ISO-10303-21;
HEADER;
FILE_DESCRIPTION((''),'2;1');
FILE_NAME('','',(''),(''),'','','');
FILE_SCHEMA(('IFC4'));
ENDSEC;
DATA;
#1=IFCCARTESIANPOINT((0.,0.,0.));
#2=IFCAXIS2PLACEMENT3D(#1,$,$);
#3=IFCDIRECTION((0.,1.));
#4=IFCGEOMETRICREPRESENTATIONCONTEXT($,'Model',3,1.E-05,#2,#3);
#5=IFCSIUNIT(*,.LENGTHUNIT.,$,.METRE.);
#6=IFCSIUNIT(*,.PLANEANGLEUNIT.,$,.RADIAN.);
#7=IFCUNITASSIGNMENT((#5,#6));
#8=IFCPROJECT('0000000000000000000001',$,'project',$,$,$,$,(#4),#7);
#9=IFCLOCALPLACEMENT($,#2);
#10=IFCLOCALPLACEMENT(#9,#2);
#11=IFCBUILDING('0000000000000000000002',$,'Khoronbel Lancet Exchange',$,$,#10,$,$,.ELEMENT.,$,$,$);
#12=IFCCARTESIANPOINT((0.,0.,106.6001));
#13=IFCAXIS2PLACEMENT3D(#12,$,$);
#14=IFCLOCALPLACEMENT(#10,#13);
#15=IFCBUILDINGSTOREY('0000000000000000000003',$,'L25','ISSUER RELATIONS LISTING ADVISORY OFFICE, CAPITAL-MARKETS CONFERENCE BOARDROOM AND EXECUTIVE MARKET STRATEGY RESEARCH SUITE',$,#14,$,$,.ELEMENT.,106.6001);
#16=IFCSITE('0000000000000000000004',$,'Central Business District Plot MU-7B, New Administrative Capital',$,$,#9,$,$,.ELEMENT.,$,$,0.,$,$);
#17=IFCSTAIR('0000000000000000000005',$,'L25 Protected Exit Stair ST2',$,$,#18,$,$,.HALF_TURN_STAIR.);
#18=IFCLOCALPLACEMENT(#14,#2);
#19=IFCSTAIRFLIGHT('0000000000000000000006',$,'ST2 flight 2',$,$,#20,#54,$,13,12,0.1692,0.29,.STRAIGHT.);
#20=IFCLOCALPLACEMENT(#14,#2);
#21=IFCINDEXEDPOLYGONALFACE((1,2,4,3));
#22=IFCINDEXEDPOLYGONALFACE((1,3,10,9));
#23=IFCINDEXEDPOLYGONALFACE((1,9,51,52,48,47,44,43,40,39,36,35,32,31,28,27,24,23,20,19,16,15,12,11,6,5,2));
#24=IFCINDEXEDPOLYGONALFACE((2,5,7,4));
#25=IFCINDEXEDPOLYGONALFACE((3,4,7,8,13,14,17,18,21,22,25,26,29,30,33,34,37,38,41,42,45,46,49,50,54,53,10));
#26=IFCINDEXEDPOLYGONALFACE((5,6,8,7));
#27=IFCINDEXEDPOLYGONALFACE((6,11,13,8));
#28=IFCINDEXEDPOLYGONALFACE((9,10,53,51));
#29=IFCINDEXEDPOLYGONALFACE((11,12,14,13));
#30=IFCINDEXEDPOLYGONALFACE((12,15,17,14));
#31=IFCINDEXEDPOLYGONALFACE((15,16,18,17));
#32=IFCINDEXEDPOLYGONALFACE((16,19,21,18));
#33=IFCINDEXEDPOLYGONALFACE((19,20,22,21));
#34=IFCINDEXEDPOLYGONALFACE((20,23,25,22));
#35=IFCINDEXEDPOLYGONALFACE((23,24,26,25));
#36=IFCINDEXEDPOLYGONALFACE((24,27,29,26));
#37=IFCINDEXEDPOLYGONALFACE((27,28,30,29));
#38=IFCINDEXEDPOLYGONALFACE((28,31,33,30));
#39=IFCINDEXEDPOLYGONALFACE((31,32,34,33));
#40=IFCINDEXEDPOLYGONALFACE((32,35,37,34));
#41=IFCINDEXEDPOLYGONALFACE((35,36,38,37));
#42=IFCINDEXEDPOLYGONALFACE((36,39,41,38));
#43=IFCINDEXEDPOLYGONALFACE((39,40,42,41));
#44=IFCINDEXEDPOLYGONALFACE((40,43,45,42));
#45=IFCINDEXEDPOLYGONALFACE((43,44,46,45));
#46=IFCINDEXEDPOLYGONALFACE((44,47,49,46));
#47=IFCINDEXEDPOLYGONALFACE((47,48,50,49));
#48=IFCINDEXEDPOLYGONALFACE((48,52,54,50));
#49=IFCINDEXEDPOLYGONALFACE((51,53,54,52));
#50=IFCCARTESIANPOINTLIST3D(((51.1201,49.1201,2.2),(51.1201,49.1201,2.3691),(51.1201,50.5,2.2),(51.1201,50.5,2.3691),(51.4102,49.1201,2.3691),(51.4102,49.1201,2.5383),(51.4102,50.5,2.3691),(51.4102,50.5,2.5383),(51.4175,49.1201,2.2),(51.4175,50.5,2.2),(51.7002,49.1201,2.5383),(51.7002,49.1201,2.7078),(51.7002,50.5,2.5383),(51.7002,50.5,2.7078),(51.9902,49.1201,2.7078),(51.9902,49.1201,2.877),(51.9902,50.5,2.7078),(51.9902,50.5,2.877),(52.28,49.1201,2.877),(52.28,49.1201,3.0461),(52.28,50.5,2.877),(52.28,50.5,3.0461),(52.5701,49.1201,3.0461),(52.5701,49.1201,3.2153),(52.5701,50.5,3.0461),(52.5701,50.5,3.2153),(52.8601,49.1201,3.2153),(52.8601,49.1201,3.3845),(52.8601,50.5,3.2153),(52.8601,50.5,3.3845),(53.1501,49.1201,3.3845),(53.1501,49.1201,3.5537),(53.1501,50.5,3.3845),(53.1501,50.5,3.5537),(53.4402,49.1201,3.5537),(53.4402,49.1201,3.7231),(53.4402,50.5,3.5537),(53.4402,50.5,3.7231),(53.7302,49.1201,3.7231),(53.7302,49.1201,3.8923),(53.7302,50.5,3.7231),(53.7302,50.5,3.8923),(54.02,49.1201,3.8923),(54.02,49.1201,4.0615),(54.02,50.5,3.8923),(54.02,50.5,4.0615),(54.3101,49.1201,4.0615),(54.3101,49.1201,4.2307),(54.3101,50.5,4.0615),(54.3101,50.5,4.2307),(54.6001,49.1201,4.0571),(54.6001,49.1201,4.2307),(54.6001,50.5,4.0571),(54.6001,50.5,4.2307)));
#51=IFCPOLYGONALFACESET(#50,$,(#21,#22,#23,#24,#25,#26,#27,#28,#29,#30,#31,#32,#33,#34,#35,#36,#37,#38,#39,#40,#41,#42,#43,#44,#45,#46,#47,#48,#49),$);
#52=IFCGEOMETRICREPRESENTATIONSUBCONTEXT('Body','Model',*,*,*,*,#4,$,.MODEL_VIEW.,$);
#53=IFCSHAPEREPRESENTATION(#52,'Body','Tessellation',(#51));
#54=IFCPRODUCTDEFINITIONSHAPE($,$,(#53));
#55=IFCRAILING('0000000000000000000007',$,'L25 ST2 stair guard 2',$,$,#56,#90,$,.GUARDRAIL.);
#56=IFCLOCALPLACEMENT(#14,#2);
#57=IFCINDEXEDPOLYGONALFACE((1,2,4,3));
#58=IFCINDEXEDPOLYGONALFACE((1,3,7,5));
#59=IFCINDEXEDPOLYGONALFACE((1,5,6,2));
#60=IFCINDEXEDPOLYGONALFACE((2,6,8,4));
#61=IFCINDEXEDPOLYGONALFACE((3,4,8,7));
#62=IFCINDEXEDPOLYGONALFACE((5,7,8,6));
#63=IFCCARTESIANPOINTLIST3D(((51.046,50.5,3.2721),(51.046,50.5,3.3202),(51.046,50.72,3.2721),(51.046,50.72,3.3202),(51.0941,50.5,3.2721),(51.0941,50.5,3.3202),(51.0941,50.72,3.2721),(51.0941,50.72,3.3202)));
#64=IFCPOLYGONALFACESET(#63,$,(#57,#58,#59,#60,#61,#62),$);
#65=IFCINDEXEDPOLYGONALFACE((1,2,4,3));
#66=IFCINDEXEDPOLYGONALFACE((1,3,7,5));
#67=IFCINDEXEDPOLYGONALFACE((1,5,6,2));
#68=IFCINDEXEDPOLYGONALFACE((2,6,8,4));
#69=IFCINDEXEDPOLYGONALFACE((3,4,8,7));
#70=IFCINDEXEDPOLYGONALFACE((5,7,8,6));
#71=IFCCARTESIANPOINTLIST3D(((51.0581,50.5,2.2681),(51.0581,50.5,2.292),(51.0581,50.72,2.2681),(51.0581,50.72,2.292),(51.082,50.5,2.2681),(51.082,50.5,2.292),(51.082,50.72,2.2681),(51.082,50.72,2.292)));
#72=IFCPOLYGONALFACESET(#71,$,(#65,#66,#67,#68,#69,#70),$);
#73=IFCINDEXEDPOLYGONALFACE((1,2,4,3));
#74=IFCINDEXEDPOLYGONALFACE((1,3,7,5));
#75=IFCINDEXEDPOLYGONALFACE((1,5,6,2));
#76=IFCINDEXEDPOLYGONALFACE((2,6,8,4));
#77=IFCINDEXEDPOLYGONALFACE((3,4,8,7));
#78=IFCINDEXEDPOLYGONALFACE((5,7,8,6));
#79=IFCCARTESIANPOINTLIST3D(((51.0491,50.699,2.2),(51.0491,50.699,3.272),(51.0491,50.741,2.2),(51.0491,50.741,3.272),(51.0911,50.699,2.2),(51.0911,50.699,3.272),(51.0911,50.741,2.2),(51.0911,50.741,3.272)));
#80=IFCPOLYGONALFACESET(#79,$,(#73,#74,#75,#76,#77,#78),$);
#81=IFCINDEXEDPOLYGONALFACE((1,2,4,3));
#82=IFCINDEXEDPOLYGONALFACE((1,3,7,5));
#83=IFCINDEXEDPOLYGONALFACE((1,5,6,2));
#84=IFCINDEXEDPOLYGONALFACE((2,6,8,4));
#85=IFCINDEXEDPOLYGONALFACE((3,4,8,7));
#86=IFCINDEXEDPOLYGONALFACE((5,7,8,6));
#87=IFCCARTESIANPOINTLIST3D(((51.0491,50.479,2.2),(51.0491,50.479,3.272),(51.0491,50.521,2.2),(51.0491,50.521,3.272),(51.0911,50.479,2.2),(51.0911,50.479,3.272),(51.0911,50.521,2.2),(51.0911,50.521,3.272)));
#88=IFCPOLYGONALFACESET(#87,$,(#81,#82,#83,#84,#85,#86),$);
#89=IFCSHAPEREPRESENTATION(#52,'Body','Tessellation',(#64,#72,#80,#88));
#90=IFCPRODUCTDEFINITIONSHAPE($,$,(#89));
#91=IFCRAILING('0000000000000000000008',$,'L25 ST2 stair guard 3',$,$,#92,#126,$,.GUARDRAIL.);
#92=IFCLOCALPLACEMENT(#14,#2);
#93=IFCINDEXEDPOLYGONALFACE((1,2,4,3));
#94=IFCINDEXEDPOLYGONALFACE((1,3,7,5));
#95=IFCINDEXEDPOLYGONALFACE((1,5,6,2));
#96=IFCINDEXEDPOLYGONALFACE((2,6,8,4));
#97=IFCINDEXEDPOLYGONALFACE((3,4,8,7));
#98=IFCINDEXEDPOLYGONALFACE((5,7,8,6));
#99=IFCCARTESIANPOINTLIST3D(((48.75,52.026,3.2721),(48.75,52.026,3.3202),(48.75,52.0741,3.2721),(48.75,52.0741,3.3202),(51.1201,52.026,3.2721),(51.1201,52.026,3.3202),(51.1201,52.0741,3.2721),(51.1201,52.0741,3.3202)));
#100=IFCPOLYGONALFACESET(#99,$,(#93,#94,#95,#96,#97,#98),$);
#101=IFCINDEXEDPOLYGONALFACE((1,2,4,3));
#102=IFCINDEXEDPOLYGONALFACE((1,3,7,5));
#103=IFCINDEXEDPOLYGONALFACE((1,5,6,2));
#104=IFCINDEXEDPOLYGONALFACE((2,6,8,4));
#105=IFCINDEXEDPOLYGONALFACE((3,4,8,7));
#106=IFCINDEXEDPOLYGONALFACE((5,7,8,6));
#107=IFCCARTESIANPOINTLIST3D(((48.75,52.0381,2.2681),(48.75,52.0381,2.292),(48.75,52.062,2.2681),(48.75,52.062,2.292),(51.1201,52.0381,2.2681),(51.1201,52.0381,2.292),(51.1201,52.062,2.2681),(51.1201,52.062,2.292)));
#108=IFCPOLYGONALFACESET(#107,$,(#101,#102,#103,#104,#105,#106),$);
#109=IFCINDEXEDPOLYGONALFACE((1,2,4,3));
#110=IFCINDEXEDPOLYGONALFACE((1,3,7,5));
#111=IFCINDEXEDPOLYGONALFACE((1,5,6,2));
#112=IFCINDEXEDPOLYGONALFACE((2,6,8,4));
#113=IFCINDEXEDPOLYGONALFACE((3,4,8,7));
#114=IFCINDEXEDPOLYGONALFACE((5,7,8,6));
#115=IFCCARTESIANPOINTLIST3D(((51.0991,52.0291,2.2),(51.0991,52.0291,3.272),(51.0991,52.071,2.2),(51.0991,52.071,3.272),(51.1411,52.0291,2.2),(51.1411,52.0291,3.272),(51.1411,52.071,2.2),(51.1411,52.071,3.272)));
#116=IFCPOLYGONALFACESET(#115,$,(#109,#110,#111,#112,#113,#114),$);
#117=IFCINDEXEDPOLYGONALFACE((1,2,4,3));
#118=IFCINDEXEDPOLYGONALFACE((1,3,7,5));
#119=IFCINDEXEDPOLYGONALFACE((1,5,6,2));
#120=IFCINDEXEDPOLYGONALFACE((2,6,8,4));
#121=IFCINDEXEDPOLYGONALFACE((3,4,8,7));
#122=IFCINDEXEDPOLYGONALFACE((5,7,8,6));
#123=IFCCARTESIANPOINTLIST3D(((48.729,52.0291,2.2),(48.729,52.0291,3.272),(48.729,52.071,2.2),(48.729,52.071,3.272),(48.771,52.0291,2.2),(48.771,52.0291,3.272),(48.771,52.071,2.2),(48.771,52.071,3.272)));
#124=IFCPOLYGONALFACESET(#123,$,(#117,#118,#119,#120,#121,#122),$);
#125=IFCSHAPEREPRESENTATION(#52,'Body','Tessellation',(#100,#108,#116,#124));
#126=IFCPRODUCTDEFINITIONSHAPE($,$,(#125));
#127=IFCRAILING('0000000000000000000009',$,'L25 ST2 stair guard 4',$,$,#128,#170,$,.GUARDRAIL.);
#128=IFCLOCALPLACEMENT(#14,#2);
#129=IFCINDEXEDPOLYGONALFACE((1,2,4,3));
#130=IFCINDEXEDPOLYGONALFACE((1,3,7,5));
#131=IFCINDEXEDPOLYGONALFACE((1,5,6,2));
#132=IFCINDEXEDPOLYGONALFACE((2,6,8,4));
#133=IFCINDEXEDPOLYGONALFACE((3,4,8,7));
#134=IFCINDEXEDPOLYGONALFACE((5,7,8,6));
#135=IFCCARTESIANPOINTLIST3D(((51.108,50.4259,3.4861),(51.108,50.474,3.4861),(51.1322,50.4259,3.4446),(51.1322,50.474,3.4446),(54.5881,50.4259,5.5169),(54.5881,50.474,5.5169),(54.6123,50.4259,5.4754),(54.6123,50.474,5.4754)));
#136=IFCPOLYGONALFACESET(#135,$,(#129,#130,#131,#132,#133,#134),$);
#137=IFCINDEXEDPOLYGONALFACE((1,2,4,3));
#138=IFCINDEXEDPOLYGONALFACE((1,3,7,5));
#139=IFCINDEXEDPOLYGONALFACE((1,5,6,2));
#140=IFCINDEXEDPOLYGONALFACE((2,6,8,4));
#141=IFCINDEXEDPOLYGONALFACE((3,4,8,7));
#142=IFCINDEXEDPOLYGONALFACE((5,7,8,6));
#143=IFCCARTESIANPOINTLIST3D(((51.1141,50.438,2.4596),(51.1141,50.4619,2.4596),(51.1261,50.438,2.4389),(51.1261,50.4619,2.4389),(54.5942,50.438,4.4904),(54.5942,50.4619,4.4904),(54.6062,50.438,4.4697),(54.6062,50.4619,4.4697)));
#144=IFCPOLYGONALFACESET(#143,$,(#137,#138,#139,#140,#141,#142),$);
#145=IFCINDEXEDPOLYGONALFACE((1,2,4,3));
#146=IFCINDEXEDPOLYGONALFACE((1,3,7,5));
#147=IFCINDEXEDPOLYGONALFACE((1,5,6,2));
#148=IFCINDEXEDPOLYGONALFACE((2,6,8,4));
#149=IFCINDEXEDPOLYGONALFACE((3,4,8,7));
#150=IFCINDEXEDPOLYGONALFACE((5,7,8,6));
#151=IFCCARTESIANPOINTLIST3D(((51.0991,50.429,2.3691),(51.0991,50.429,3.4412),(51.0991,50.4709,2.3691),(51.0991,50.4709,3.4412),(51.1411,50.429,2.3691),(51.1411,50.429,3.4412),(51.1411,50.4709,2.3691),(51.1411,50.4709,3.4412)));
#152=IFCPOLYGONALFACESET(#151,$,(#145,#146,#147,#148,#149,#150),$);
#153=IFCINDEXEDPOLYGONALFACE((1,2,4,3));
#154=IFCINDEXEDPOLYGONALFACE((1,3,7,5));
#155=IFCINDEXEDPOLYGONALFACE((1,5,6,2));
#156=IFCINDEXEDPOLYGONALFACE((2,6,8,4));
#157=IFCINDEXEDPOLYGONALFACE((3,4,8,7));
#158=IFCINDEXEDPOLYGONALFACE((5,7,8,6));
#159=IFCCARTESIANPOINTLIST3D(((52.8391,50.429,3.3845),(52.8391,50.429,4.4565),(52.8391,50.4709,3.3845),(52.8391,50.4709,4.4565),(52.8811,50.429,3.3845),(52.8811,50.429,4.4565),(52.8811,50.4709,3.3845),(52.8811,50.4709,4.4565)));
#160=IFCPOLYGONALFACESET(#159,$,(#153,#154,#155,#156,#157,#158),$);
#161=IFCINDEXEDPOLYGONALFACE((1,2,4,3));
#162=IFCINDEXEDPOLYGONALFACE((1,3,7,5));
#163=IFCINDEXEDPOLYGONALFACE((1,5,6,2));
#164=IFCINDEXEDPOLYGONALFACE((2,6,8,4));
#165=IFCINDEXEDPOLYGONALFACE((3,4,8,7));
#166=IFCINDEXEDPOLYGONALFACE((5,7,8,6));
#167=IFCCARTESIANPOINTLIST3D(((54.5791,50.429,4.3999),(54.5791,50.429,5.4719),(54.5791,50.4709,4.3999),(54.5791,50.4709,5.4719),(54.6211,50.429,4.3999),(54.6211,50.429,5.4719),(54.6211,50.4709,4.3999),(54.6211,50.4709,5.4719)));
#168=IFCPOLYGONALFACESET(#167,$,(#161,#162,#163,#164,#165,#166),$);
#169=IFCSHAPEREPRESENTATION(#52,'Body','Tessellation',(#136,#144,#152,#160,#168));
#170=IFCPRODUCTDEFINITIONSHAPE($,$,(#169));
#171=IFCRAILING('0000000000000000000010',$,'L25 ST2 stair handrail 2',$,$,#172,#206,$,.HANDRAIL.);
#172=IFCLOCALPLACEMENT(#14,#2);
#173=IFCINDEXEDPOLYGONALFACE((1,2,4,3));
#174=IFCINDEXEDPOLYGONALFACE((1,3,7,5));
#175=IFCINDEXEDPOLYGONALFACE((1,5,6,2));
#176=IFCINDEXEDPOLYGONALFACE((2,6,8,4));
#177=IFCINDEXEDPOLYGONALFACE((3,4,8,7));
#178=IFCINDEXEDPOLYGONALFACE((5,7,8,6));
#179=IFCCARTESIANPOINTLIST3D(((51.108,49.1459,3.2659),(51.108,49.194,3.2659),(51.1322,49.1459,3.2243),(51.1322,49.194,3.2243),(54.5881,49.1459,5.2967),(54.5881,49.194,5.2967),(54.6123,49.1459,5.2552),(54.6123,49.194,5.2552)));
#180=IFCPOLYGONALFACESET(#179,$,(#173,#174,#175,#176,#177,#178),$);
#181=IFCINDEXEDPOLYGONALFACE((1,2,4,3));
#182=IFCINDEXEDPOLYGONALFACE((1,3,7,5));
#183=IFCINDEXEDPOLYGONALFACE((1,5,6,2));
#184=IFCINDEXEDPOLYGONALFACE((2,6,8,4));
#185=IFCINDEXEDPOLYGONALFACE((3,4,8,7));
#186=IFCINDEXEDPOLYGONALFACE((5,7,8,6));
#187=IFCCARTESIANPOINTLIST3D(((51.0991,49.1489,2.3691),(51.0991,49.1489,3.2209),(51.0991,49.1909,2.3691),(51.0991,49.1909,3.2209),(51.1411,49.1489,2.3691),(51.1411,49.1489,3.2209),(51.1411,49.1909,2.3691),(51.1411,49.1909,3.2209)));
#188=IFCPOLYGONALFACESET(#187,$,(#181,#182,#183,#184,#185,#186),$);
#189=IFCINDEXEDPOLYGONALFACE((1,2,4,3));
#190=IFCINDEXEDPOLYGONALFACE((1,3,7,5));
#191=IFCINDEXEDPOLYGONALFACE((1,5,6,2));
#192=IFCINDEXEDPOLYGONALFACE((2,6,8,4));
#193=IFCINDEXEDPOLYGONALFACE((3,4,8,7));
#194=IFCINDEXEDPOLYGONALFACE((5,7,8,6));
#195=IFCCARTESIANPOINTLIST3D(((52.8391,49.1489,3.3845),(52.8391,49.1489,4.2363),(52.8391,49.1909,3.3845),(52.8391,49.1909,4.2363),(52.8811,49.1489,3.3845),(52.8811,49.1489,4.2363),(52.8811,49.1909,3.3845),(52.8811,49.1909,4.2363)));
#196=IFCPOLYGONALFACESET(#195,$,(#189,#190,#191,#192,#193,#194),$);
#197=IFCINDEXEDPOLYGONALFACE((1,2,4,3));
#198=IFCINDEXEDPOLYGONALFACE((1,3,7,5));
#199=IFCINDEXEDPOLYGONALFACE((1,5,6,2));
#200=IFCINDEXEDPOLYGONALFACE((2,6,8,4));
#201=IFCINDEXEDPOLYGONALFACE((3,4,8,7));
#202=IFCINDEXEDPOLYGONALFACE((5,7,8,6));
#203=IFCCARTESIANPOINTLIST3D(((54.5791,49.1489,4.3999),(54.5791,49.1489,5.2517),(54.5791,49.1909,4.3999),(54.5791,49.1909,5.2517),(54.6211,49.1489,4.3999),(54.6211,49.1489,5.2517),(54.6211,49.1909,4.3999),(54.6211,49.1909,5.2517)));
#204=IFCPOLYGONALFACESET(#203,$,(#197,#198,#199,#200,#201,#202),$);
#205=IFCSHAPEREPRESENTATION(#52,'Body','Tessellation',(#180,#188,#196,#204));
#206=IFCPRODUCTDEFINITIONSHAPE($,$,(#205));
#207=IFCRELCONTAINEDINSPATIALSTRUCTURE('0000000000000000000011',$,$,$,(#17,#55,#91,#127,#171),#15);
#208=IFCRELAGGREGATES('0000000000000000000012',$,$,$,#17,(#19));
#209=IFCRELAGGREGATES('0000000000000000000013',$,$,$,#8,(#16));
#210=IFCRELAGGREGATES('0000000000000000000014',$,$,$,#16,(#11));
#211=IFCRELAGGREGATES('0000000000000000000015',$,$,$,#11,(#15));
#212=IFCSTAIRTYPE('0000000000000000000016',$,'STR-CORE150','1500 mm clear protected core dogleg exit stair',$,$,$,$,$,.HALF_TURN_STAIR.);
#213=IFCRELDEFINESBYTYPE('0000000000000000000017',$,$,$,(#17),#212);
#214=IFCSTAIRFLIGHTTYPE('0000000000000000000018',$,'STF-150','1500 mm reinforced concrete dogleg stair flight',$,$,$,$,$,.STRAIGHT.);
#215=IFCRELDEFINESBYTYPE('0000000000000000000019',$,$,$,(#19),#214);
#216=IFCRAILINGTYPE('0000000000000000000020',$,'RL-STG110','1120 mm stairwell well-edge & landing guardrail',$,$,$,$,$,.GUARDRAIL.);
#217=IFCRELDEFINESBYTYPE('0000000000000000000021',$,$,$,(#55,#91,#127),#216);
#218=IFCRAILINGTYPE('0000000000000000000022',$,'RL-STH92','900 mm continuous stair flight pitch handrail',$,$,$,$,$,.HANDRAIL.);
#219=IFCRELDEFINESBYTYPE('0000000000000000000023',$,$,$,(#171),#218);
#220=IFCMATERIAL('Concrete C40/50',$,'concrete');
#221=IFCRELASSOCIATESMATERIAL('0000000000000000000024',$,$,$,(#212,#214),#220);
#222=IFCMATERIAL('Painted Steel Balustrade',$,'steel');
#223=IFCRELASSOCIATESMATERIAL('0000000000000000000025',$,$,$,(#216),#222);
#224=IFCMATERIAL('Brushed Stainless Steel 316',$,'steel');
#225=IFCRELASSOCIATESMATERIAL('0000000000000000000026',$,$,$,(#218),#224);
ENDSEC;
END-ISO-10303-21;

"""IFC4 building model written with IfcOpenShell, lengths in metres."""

from ifc_helpers import new_model, si_unit, direction, frame, origin, origin_2d, place, context, subcontext, project, spatial, polyline, rectangle, outline, extrude, material, type_object, element, aggregate, save


model = new_model("IFC4")

# Units and contexts
model_context = context("Model", 3, precision=1e-05, world=origin(), true_north=direction((0.0, 1.0)))
body_context = subcontext(model_context, "Body", "Model", "MODEL_VIEW")
ifc_project = project(units=[si_unit("LENGTHUNIT", "METRE"), si_unit("PLANEANGLEUNIT", "RADIAN")], contexts=[model_context])

# Site, building, storey
site_placement = place(None, origin())
site = spatial("IfcSite", under=ifc_project, at=site_placement, Name="Central Business District Plot MU-7B, New Administrative Capital", CompositionType="ELEMENT", RefElevation=0.0)
building_placement = place(site_placement, origin())
building = spatial("IfcBuilding", under=site, at=building_placement, Name="Khoronbel Lancet Exchange", CompositionType="ELEMENT")
storey_placement = place(building_placement, frame((0.0, 0.0, 106.6001)))
storey = spatial("IfcBuildingStorey", under=building, at=storey_placement, Name="L25", Description="ISSUER RELATIONS LISTING ADVISORY OFFICE, CAPITAL-MARKETS CONFERENCE BOARDROOM AND EXECUTIVE MARKET STRATEGY RESEARCH SUITE", CompositionType="ELEMENT", Elevation=106.6001)

# Stair, stair flight
ifc_material_1 = material(Name="Concrete C40/50", Category="concrete")
stair_type = type_object("IfcStairType", Name="STR-CORE150", Description="1500 mm clear protected core dogleg exit stair", PredefinedType="HALF_TURN_STAIR", material=ifc_material_1)
stair_placement = place(storey_placement, origin())
stair = element("IfcStair", 1, at=stair_placement, inside=storey, type_object=stair_type, Name="L25 Protected Exit Stair ST2", PredefinedType="HALF_TURN_STAIR")
stair_flight_type = type_object("IfcStairFlightType", Name="STF-150", Description="1500 mm reinforced concrete dogleg stair flight", PredefinedType="STRAIGHT", material=ifc_material_1)
stair_flight_placement = place(storey_placement, frame((51.1201, 49.8101, 2.2), z_axis=(0.0, 0.0, 1.0), x_axis=(1.0, 0.0, 0.0)))
stair_flight = element("IfcStairFlight", 2, at=stair_flight_placement, type_object=stair_flight_type, Name="ST2 flight 2", NumberOfRisers=13, NumberOfTreads=12, PredefinedType="STRAIGHT", RiserHeight=0.1692, TreadLength=0.29, context=body_context, shape_type="SweptSolid", body=[
    extrude(outline(polyline([(0.0, 0.0), (0.0, 0.1692), (0.29, 0.1692), (0.29, 0.3384), (0.5801, 0.3384), (0.5801, 0.5078), (0.8701, 0.5078), (0.8701, 0.677), (1.1599, 0.677), (1.1599, 0.8462), (1.45, 0.8462), (1.45, 1.0154), (1.74, 1.0154), (1.74, 1.1846), (2.03, 1.1846), (2.03, 1.3538), (2.3201, 1.3538), (2.3201, 1.5232), (2.6101, 1.5232), (2.6101, 1.6924), (2.8999, 1.6924), (2.8999, 1.8616), (3.1899, 1.8616), (3.1899, 2.0308), (3.48, 2.0308), (3.48, 2.2), (3.48, 1.8572), (0.2974, 0.0), (0.0, 0.0)])), frame((0.0, 0.6899, 0.0), z_axis=(0.0, -1.0, 0.0), x_axis=(1.0, 0.0, 0.0)), (0.0, 0.0, 1.0), 1.3799),
])
aggregate(stair, [stair_flight])

# Railings
ifc_material_2 = material(Name="Painted Steel Balustrade", Category="steel")
railing_type_1 = type_object("IfcRailingType", Name="RL-STG110", Description="1120 mm stairwell well-edge & landing guardrail", PredefinedType="GUARDRAIL", material=ifc_material_2)
railing_1_placement = place(storey_placement, frame((51.0701, 50.72, 2.2)))
element("IfcRailing", 3, at=railing_1_placement, inside=storey, type_object=railing_type_1, Name="L25 ST2 stair guard 2", PredefinedType="GUARDRAIL", context=body_context, shape_type="SweptSolid", body=[
    extrude(rectangle(XDim=0.0481, YDim=0.0481, at=origin_2d()), frame((0.0, 0.0, 1.0962), z_axis=(0.0, -1.0, 0.0), x_axis=(1.0, 0.0, 0.0)), (0.0, 0.0, 1.0), 0.22),
    extrude(rectangle(XDim=0.0239, YDim=0.0239, at=origin_2d()), frame((0.0, 0.0, 0.0801), z_axis=(0.0, -1.0, 0.0), x_axis=(1.0, 0.0, 0.0)), (0.0, 0.0, 1.0), 0.22),
    extrude(rectangle(XDim=0.042, YDim=0.042, at=origin_2d()), origin(), (0.0, 0.0, 1.0), 1.072),
    extrude(rectangle(XDim=0.042, YDim=0.042, at=origin_2d()), frame((0.0, -0.22, 0.0)), (0.0, 0.0, 1.0), 1.072),
])
railing_2_placement = place(storey_placement, frame((51.1201, 52.05, 2.2)))
element("IfcRailing", 4, at=railing_2_placement, inside=storey, type_object=railing_type_1, Name="L25 ST2 stair guard 3", PredefinedType="GUARDRAIL", context=body_context, shape_type="SweptSolid", body=[
    extrude(rectangle(XDim=0.0481, YDim=0.0481, at=origin_2d()), frame((0.0, 0.0, 1.0962), z_axis=(-1.0, 0.0, 0.0), x_axis=(0.0, -1.0, 0.0)), (0.0, 0.0, 1.0), 2.3701),
    extrude(rectangle(XDim=0.0239, YDim=0.0239, at=origin_2d()), frame((0.0, 0.0, 0.0801), z_axis=(-1.0, 0.0, 0.0), x_axis=(0.0, -1.0, 0.0)), (0.0, 0.0, 1.0), 2.3701),
    extrude(rectangle(XDim=0.042, YDim=0.042, at=origin_2d()), origin(), (0.0, 0.0, 1.0), 1.072),
    extrude(rectangle(XDim=0.042, YDim=0.042, at=origin_2d()), frame((-2.3701, 0.0, 0.0)), (0.0, 0.0, 1.0), 1.072),
])
railing_3_placement = place(storey_placement, frame((51.1201, 50.45, 2.3691)))
element("IfcRailing", 5, at=railing_3_placement, inside=storey, type_object=railing_type_1, Name="L25 ST2 stair guard 4", PredefinedType="GUARDRAIL", context=body_context, shape_type="SweptSolid", body=[
    extrude(rectangle(XDim=0.0481, YDim=0.0481, at=origin_2d()), frame((0.0, 0.0, 1.0962), z_axis=(0.863695, 0.0, 0.504014), x_axis=(0.0, 1.0, 0.0)), (0.0, 0.0, 1.0), 4.0293),
    extrude(rectangle(XDim=0.0239, YDim=0.0239, at=origin_2d()), frame((0.0, 0.0, 0.0801), z_axis=(0.863695, 0.0, 0.504014), x_axis=(0.0, 1.0, 0.0)), (0.0, 0.0, 1.0), 4.0293),
    extrude(rectangle(XDim=0.042, YDim=0.042, at=origin_2d()), origin(), (0.0, 0.0, 1.0), 1.072),
    extrude(rectangle(XDim=0.042, YDim=0.042, at=origin_2d()), frame((1.74, 0.0, 1.0154)), (0.0, 0.0, 1.0), 1.072),
    extrude(rectangle(XDim=0.042, YDim=0.042, at=origin_2d()), frame((3.48, 0.0, 2.0308)), (0.0, 0.0, 1.0), 1.072),
])
ifc_material_3 = material(Name="Brushed Stainless Steel 316", Category="steel")
railing_type_2 = type_object("IfcRailingType", Name="RL-STH92", Description="900 mm continuous stair flight pitch handrail", PredefinedType="HANDRAIL", material=ifc_material_3)
railing_4_placement = place(storey_placement, frame((51.1201, 49.1699, 2.3691)))
element("IfcRailing", 6, at=railing_4_placement, inside=storey, type_object=railing_type_2, Name="L25 ST2 stair handrail 2", PredefinedType="HANDRAIL", context=body_context, shape_type="SweptSolid", body=[
    extrude(rectangle(XDim=0.0481, YDim=0.0481, at=origin_2d()), frame((0.0, 0.0, 0.876), z_axis=(0.863695, 0.0, 0.504014), x_axis=(0.0, 1.0, 0.0)), (0.0, 0.0, 1.0), 4.0293),
    extrude(rectangle(XDim=0.042, YDim=0.042, at=origin_2d()), origin(), (0.0, 0.0, 1.0), 0.8518),
    extrude(rectangle(XDim=0.042, YDim=0.042, at=origin_2d()), frame((1.74, 0.0, 1.0154)), (0.0, 0.0, 1.0), 0.8518),
    extrude(rectangle(XDim=0.042, YDim=0.042, at=origin_2d()), frame((3.48, 0.0, 2.0308)), (0.0, 0.0, 1.0), 0.8518),
])

save(model, "model.ifc")
